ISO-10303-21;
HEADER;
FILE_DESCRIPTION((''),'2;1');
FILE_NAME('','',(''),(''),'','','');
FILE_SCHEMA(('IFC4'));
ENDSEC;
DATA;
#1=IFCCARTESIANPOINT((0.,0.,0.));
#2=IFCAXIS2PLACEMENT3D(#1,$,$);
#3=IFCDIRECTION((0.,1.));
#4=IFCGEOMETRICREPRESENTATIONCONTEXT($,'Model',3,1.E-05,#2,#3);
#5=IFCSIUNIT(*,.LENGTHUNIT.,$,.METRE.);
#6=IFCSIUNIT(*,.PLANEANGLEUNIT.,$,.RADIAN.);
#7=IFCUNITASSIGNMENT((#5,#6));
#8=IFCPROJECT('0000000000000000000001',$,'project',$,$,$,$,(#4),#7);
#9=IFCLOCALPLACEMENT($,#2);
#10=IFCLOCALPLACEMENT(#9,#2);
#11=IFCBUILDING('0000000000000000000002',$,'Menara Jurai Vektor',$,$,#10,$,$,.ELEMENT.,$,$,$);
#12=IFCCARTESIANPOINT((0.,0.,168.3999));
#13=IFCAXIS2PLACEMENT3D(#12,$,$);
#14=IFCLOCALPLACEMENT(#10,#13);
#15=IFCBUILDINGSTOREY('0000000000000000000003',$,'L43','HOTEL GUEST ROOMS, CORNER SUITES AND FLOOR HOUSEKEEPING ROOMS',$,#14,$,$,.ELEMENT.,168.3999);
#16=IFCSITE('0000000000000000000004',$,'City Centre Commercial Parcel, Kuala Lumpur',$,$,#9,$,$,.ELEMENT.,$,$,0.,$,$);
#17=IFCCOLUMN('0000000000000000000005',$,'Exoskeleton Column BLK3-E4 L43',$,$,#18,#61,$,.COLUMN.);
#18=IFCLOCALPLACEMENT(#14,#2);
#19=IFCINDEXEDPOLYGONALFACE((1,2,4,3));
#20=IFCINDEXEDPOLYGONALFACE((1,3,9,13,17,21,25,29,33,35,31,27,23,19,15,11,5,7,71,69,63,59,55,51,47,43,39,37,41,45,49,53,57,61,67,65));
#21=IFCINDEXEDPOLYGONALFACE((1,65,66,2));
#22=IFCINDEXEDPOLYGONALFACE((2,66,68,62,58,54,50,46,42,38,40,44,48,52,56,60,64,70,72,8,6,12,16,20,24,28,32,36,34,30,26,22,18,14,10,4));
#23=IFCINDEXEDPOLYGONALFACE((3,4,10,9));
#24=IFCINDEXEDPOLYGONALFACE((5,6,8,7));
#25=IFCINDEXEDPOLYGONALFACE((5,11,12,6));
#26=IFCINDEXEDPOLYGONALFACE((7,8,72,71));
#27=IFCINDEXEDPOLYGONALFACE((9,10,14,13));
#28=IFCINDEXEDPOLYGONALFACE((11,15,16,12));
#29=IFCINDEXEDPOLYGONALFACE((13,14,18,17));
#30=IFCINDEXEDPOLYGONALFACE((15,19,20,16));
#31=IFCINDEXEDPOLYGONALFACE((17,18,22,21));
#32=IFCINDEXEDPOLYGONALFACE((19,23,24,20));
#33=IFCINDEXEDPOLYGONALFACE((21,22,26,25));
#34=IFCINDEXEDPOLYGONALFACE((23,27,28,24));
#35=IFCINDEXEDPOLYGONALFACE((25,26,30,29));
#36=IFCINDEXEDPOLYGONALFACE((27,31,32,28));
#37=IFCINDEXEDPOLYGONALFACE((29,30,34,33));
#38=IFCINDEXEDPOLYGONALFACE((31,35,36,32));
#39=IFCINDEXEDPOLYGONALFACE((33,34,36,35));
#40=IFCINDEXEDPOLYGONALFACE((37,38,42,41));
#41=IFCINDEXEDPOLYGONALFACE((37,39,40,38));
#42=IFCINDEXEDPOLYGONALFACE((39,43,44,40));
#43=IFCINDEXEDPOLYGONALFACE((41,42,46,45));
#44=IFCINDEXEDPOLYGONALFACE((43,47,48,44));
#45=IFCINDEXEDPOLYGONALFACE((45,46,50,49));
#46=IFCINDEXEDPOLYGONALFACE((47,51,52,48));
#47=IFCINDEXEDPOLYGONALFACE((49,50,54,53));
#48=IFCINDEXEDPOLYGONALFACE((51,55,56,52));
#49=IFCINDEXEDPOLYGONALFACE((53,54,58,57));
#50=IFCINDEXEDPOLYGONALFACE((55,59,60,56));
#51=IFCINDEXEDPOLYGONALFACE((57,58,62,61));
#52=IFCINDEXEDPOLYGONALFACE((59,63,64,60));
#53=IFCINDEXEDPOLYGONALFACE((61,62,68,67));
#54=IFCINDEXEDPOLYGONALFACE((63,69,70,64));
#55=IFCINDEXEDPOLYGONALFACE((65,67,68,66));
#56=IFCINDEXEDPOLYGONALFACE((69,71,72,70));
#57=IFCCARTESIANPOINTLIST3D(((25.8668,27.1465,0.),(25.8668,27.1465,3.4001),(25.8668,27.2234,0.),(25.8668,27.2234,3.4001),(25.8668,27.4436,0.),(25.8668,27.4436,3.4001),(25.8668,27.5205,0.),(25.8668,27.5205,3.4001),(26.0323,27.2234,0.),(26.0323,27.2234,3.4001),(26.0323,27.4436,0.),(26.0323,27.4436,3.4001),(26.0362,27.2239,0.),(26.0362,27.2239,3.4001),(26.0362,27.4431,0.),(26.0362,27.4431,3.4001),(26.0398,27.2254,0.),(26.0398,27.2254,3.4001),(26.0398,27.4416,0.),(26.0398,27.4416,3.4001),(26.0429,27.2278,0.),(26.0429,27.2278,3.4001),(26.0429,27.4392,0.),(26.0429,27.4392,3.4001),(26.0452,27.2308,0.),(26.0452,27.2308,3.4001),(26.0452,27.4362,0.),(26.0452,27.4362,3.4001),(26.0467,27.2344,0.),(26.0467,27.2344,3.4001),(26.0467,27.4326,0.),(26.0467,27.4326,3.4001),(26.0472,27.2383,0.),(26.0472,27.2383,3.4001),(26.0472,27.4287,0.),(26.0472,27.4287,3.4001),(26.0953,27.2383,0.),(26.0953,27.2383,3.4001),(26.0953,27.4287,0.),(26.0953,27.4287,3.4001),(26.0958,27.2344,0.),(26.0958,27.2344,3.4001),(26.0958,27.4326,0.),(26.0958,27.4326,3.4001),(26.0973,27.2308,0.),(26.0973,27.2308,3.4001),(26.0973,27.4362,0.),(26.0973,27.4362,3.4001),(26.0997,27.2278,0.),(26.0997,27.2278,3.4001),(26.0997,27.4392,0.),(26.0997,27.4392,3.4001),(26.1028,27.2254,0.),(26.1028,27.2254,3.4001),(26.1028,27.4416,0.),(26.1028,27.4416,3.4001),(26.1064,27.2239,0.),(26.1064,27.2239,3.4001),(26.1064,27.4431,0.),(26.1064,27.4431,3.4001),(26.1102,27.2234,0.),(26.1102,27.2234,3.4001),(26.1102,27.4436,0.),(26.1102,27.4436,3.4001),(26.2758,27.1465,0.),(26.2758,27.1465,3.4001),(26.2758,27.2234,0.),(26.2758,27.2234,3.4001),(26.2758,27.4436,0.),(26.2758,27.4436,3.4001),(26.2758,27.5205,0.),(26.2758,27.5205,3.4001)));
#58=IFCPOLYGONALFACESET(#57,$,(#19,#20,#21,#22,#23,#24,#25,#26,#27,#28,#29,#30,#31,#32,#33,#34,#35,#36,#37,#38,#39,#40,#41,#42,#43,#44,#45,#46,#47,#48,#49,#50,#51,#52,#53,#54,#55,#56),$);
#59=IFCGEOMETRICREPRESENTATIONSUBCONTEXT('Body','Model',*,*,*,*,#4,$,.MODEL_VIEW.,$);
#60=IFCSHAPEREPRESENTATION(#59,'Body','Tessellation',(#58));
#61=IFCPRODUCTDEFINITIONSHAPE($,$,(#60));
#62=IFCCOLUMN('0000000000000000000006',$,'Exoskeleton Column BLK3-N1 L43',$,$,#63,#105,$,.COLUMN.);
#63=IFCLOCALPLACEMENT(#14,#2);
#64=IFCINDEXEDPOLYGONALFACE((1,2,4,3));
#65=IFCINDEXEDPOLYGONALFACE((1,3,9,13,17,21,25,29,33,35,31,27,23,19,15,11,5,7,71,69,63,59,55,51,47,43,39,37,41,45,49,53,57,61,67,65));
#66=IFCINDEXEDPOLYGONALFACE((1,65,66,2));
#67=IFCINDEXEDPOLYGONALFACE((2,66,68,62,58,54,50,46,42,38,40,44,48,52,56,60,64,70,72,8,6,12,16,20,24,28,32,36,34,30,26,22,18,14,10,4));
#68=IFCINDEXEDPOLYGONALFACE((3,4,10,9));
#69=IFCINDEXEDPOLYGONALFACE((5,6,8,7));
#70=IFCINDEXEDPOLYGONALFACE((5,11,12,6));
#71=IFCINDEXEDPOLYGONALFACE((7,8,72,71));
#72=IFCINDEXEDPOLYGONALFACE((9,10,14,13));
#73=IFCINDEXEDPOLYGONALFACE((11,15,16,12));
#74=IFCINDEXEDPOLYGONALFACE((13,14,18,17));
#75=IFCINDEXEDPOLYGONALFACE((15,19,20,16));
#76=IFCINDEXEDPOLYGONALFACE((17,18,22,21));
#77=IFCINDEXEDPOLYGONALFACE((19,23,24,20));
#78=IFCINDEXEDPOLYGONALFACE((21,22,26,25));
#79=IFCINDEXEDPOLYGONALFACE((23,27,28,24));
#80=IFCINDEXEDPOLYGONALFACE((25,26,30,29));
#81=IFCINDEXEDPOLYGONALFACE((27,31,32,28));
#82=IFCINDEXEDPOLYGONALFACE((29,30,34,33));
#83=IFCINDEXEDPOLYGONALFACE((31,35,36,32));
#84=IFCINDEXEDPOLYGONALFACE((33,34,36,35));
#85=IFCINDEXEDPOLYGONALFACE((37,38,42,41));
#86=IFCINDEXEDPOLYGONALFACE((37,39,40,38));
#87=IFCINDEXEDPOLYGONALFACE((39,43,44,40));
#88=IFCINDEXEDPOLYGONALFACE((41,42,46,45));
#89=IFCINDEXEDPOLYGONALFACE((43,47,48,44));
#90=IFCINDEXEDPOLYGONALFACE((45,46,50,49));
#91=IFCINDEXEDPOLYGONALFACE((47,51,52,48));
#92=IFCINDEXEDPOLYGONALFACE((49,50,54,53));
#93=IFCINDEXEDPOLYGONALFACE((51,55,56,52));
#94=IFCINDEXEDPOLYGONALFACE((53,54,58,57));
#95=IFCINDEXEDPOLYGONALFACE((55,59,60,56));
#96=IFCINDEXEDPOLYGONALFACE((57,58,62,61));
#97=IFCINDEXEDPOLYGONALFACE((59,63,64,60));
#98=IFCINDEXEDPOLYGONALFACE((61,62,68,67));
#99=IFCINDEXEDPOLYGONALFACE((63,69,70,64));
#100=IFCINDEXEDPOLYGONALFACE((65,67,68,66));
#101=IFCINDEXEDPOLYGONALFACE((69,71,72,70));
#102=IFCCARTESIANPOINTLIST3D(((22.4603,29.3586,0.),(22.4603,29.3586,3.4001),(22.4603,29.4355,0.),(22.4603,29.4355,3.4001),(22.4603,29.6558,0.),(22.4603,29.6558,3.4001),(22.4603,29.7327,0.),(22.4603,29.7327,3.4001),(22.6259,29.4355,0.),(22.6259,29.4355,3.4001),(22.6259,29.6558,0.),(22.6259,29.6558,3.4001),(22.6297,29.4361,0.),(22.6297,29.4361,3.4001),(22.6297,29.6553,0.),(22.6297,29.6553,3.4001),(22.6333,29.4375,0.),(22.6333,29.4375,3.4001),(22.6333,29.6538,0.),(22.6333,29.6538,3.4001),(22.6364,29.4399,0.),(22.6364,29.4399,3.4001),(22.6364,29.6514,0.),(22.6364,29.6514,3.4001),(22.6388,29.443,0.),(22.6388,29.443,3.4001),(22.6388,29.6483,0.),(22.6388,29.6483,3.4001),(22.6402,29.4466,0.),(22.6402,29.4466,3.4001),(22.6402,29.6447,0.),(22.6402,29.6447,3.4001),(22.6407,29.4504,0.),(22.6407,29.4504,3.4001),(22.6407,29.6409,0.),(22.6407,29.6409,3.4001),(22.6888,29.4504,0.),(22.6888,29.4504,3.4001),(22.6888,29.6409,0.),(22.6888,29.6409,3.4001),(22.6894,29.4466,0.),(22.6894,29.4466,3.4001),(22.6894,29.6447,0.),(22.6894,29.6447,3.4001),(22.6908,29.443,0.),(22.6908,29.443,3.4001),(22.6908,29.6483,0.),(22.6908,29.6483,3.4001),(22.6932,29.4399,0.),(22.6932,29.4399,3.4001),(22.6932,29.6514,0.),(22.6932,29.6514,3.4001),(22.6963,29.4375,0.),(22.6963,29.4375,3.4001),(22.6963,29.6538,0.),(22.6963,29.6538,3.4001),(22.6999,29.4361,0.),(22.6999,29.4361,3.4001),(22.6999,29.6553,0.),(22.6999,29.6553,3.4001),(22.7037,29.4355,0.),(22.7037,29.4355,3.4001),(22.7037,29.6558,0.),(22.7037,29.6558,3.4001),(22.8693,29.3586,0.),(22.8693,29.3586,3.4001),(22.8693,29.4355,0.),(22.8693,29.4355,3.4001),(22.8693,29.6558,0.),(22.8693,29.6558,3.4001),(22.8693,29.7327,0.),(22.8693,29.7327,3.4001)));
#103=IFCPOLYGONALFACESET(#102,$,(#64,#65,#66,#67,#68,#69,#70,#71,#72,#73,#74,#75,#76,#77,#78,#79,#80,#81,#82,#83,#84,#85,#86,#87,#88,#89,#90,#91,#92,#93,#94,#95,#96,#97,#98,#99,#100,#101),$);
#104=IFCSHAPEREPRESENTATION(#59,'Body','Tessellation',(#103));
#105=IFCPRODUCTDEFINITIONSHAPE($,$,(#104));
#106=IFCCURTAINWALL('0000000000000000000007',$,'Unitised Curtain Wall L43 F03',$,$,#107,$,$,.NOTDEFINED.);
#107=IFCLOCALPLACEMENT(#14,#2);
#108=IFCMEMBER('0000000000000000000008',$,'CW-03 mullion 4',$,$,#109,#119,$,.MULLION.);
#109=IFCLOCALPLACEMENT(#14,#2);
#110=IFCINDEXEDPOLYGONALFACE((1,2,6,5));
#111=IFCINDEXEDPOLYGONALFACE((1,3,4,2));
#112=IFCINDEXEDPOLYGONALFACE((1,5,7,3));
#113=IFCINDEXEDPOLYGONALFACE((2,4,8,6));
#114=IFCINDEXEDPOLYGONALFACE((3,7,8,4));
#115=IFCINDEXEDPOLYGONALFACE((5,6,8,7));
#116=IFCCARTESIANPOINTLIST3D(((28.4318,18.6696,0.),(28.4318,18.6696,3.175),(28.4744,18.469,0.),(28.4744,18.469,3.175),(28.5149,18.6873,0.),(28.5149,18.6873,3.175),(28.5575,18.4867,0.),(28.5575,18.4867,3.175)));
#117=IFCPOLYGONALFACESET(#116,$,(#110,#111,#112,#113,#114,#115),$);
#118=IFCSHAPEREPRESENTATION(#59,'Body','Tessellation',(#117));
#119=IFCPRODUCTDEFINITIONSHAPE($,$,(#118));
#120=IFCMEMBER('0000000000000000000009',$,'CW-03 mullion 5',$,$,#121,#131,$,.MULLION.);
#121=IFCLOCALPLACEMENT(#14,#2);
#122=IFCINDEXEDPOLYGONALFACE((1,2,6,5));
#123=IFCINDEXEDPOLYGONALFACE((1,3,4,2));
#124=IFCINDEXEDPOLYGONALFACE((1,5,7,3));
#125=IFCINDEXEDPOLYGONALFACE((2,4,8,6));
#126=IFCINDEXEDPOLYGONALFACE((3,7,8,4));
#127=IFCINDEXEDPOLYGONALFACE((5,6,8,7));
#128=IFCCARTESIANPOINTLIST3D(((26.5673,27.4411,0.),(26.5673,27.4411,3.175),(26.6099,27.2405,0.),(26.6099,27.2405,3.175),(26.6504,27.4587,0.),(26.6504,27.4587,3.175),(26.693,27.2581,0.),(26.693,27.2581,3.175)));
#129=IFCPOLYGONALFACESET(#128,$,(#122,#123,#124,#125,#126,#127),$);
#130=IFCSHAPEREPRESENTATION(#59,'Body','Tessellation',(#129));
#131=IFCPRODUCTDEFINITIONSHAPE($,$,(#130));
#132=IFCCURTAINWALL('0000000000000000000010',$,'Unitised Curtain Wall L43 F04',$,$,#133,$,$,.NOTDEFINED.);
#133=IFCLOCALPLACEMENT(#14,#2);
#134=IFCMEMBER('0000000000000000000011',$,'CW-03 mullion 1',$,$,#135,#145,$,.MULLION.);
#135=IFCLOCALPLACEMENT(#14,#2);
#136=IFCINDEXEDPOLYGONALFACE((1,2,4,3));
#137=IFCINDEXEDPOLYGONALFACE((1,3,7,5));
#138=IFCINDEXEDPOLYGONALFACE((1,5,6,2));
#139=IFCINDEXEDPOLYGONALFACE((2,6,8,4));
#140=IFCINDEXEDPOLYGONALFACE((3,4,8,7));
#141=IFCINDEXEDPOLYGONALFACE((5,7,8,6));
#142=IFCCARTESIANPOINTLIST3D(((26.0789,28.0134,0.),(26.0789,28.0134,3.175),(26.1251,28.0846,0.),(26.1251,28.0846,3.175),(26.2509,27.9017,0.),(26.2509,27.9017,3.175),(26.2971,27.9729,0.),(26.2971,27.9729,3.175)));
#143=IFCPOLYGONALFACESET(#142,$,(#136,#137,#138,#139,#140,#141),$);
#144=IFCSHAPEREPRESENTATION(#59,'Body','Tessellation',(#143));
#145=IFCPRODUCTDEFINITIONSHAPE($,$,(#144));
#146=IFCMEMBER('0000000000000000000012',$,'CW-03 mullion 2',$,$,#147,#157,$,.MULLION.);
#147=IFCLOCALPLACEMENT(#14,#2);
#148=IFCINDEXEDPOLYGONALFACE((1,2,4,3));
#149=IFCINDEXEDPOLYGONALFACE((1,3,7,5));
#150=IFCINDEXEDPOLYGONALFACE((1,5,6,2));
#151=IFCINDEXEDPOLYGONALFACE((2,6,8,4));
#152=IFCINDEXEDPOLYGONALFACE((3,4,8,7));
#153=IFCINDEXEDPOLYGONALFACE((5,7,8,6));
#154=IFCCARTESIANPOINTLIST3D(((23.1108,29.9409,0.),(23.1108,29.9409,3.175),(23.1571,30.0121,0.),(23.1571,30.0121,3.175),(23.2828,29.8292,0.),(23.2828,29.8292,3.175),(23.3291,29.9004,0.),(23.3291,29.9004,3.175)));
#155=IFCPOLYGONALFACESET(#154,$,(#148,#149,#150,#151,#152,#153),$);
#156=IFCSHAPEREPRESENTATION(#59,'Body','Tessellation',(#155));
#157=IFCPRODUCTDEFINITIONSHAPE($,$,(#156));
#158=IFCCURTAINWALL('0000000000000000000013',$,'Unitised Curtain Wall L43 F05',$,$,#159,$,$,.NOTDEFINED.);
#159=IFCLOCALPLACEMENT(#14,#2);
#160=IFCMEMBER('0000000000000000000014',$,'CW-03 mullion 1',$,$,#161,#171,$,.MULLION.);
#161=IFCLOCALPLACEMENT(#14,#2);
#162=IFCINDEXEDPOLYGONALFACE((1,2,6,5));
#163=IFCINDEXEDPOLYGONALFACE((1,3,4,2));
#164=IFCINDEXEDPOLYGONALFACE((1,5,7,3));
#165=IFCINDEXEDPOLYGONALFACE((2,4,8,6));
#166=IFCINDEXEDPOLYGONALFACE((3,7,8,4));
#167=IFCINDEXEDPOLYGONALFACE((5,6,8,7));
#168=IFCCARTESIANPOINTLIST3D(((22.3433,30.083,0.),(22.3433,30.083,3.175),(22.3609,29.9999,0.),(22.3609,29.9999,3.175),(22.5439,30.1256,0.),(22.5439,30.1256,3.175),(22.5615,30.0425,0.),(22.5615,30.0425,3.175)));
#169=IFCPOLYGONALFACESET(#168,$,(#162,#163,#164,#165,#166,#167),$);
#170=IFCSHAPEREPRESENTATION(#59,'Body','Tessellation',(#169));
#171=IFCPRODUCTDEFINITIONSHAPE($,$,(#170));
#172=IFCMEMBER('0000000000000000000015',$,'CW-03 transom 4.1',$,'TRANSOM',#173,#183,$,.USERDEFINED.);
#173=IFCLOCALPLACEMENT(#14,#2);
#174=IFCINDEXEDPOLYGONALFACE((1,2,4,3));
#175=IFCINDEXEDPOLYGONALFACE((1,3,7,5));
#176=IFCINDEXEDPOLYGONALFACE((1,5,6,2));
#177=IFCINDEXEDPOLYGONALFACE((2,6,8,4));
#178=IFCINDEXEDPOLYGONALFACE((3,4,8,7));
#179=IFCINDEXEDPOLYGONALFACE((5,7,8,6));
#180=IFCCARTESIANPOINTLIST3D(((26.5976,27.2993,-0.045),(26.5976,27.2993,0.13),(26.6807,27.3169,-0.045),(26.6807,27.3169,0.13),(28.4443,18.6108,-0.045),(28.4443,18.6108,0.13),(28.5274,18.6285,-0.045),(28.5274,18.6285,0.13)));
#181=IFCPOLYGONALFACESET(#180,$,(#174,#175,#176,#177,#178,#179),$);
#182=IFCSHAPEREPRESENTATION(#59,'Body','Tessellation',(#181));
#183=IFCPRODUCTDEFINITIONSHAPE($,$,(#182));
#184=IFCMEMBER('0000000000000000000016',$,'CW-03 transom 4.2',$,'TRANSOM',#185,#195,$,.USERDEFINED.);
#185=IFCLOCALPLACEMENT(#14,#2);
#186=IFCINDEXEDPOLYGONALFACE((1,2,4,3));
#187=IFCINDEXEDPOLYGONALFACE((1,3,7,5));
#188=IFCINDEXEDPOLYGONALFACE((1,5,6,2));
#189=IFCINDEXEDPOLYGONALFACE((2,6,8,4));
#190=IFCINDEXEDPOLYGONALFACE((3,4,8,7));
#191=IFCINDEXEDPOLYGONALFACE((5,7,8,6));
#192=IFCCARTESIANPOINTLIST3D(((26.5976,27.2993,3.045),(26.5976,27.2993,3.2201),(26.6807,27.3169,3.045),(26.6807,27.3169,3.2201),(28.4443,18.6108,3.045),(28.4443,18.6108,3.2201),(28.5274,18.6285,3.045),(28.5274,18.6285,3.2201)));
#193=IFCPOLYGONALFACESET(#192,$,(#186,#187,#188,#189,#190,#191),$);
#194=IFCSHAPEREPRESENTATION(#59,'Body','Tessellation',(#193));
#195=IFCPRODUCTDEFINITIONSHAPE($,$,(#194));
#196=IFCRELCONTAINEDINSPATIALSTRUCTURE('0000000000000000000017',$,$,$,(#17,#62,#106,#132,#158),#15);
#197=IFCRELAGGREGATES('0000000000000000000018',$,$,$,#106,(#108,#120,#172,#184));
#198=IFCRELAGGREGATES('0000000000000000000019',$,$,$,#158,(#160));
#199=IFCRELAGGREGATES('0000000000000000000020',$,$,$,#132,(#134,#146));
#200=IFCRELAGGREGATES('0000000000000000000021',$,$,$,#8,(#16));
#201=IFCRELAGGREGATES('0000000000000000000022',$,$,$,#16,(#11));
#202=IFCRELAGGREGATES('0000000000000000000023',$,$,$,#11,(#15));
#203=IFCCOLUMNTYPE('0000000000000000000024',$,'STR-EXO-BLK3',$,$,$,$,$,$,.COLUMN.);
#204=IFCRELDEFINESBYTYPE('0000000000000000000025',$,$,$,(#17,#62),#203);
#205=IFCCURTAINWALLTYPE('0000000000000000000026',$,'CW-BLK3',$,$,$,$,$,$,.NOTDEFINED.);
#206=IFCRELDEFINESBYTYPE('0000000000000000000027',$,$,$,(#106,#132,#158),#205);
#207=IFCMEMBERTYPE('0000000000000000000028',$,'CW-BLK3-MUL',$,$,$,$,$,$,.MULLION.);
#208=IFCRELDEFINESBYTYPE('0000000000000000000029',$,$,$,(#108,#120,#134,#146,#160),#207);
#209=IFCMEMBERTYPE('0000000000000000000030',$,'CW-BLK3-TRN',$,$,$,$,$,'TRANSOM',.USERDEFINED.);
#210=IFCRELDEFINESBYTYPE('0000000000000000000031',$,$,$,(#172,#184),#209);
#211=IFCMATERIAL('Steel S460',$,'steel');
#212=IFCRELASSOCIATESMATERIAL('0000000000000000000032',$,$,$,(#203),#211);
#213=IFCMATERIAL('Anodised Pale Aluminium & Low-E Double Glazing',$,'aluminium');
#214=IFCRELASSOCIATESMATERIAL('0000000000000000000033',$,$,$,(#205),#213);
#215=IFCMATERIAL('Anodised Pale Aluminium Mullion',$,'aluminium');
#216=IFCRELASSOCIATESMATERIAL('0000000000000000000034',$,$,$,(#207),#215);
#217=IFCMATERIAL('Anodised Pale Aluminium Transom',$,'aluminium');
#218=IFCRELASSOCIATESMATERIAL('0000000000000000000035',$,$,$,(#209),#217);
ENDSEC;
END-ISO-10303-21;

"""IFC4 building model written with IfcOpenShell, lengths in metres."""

from ifc_helpers import new_model, si_unit, direction, frame, origin, origin_2d, place, context, subcontext, project, spatial, rectangle, i_section, extrude, material, material_profile, profile_set, type_object, element, aggregate, save


model = new_model("IFC4")

# Units and contexts
model_context = context("Model", 3, precision=1e-05, world=origin(), true_north=direction((0.0, 1.0)))
body_context = subcontext(model_context, "Body", "Model", "MODEL_VIEW")
ifc_project = project(units=[si_unit("LENGTHUNIT", "METRE"), si_unit("PLANEANGLEUNIT", "RADIAN")], contexts=[model_context])

# Site, building, storey
site_placement = place(None, origin())
site = spatial("IfcSite", under=ifc_project, at=site_placement, Name="City Centre Commercial Parcel, Kuala Lumpur", CompositionType="ELEMENT", RefElevation=0.0)
building_placement = place(site_placement, origin())
building = spatial("IfcBuilding", under=site, at=building_placement, Name="Menara Jurai Vektor", CompositionType="ELEMENT")
storey_placement = place(building_placement, frame((0.0, 0.0, 168.3999)))
storey = spatial("IfcBuildingStorey", under=building, at=storey_placement, Name="L43", Description="HOTEL GUEST ROOMS, CORNER SUITES AND FLOOR HOUSEKEEPING ROOMS", CompositionType="ELEMENT", Elevation=168.3999)

# Columns
ifc_material_1 = material(Name="Steel S460", Category="steel")
ifc_material_profile_1 = material_profile(ifc_material_1, i_section(OverallWidth=0.4089, OverallDepth=0.374, WebThickness=0.0481, FlangeThickness=0.0769, FilletRadius=0.0149, at=origin_2d()), Name="HD 400x634")
ifc_profile_set_1 = profile_set([ifc_material_profile_1], Name="Steel S460")
column_type = type_object("IfcColumnType", Name="STR-EXO-BLK3", PredefinedType="COLUMN", material=ifc_profile_set_1)
for number, where, z_axis, x_axis, name in (
    (1, (26.0713, 27.3335, 0.0), (0.0, 0.0, 1.0), (1.0, 0.0, 0.0), "Exoskeleton Column BLK3-E4 L43"),
    (2, (22.6648, 29.5457, 0.0), (0.0, 0.0, 1.0), (1.0, 0.0, 0.0), "Exoskeleton Column BLK3-N1 L43"),
):
    element("IfcColumn", number, at=place(storey_placement, frame(where, z_axis=z_axis, x_axis=x_axis)), inside=storey, type_object=column_type, Name=name, PredefinedType="COLUMN", context=body_context, shape_type="SweptSolid", body=[
        extrude(i_section(OverallWidth=0.4089, OverallDepth=0.374, WebThickness=0.0481, FlangeThickness=0.0769, FilletRadius=0.0149, at=origin_2d()), origin(), (0.0, 0.0, 1.0), 3.4001),
    ])

# Curtain walls, members
ifc_material_2 = material(Name="Anodised Pale Aluminium & Low-E Double Glazing", Category="aluminium")
curtain_wall_type = type_object("IfcCurtainWallType", Name="CW-BLK3", PredefinedType="NOTDEFINED", material=ifc_material_2)
curtain_wall_1_placement = place(storey_placement, origin())
curtain_wall_1 = element("IfcCurtainWall", 3, at=curtain_wall_1_placement, inside=storey, type_object=curtain_wall_type, Name="Unitised Curtain Wall L43 F03", PredefinedType="NOTDEFINED")
ifc_material_3 = material(Name="Anodised Pale Aluminium Mullion", Category="aluminium")
ifc_material_profile_2 = material_profile(ifc_material_3, rectangle(XDim=0.085, YDim=0.2051, at=origin_2d()), Name="ALU MUL 85x205")
ifc_profile_set_2 = profile_set([ifc_material_profile_2], Name="Anodised Pale Aluminium Mullion")
member_type_1 = type_object("IfcMemberType", Name="CW-BLK3-MUL", PredefinedType="MULLION", material=ifc_profile_set_2)
member_1_placement = place(storey_placement, frame((28.4946, 18.5781, 0.0), z_axis=(0.0, 0.0, 1.0), x_axis=(-0.978148, -0.20791, 0.0)))
member_1 = element("IfcMember", 4, at=member_1_placement, type_object=member_type_1, Name="CW-03 mullion 4", PredefinedType="MULLION", context=body_context, shape_type="SweptSolid", body=[
    extrude(rectangle(XDim=0.085, YDim=0.2051, at=origin_2d()), origin(), (0.0, 0.0, 1.0), 3.175),
])
member_2_placement = place(storey_placement, frame((26.6301, 27.3496, 0.0), z_axis=(0.0, 0.0, 1.0), x_axis=(-0.978148, -0.20791, 0.0)))
member_2 = element("IfcMember", 5, at=member_2_placement, type_object=member_type_1, Name="CW-03 mullion 5", PredefinedType="MULLION", context=body_context, shape_type="SweptSolid", body=[
    extrude(rectangle(XDim=0.085, YDim=0.2051, at=origin_2d()), origin(), (0.0, 0.0, 1.0), 3.175),
])
curtain_wall_2_placement = place(storey_placement, origin())
curtain_wall_2 = element("IfcCurtainWall", 6, at=curtain_wall_2_placement, inside=storey, type_object=curtain_wall_type, Name="Unitised Curtain Wall L43 F04", PredefinedType="NOTDEFINED")
member_3_placement = place(storey_placement, frame((26.188, 27.9932, 0.0), z_axis=(0.0, 0.0, 1.0), x_axis=(-0.544618, -0.838684, 0.0)))
member_3 = element("IfcMember", 7, at=member_3_placement, type_object=member_type_1, Name="CW-03 mullion 1", PredefinedType="MULLION", context=body_context, shape_type="SweptSolid", body=[
    extrude(rectangle(XDim=0.085, YDim=0.2051, at=origin_2d()), origin(), (0.0, 0.0, 1.0), 3.175),
])
member_4_placement = place(storey_placement, frame((23.22, 29.9207, 0.0), z_axis=(0.0, 0.0, 1.0), x_axis=(-0.544618, -0.838684, 0.0)))
member_4 = element("IfcMember", 8, at=member_4_placement, type_object=member_type_1, Name="CW-03 mullion 2", PredefinedType="MULLION", context=body_context, shape_type="SweptSolid", body=[
    extrude(rectangle(XDim=0.085, YDim=0.2051, at=origin_2d()), origin(), (0.0, 0.0, 1.0), 3.175),
])

# Curtain wall, member
curtain_wall_3_placement = place(storey_placement, origin())
curtain_wall_3 = element("IfcCurtainWall", 9, at=curtain_wall_3_placement, inside=storey, type_object=curtain_wall_type, Name="Unitised Curtain Wall L43 F05", PredefinedType="NOTDEFINED")
member_5_placement = place(storey_placement, frame((22.4524, 30.0627, 0.0), z_axis=(0.0, 0.0, 1.0), x_axis=(0.207911, -0.978148, 0.0)))
member_5 = element("IfcMember", 10, at=member_5_placement, type_object=member_type_1, Name="CW-03 mullion 1", PredefinedType="MULLION", context=body_context, shape_type="SweptSolid", body=[
    extrude(rectangle(XDim=0.085, YDim=0.2051, at=origin_2d()), origin(), (0.0, 0.0, 1.0), 3.175),
])

# Members
ifc_material_4 = material(Name="Anodised Pale Aluminium Transom", Category="aluminium")
ifc_material_profile_3 = material_profile(ifc_material_4, rectangle(XDim=0.085, YDim=0.175, at=origin_2d()), Name="ALU TRN 85x175")
ifc_profile_set_3 = profile_set([ifc_material_profile_3], Name="Anodised Pale Aluminium Transom")
member_type_2 = type_object("IfcMemberType", Name="CW-BLK3-TRN", ElementType="TRANSOM", PredefinedType="USERDEFINED", material=ifc_profile_set_3)
member_6_placement = place(storey_placement, frame((28.4858, 18.6196, 0.0425), z_axis=(-0.2079, 0.97815, 0.0), x_axis=(-0.97815, -0.2079, 0.0)))
member_6 = element("IfcMember", 11, at=member_6_placement, type_object=member_type_2, Name="CW-03 transom 4.1", ObjectType="TRANSOM", PredefinedType="USERDEFINED", context=body_context, shape_type="SweptSolid", body=[
    extrude(rectangle(XDim=0.085, YDim=0.175, at=origin_2d()), origin(), (0.0, 0.0, 1.0), 8.8826),
])
member_7_placement = place(storey_placement, frame((28.4858, 18.6196, 3.1326), z_axis=(-0.2079, 0.97815, 0.0), x_axis=(-0.97815, -0.2079, 0.0)))
member_7 = element("IfcMember", 12, at=member_7_placement, type_object=member_type_2, Name="CW-03 transom 4.2", ObjectType="TRANSOM", PredefinedType="USERDEFINED", context=body_context, shape_type="SweptSolid", body=[
    extrude(rectangle(XDim=0.085, YDim=0.175, at=origin_2d()), origin(), (0.0, 0.0, 1.0), 8.8826),
])

aggregate(curtain_wall_1, [member_1, member_2, member_6, member_7])
aggregate(curtain_wall_3, [member_5])
aggregate(curtain_wall_2, [member_3, member_4])

save(model, "model.ifc")
